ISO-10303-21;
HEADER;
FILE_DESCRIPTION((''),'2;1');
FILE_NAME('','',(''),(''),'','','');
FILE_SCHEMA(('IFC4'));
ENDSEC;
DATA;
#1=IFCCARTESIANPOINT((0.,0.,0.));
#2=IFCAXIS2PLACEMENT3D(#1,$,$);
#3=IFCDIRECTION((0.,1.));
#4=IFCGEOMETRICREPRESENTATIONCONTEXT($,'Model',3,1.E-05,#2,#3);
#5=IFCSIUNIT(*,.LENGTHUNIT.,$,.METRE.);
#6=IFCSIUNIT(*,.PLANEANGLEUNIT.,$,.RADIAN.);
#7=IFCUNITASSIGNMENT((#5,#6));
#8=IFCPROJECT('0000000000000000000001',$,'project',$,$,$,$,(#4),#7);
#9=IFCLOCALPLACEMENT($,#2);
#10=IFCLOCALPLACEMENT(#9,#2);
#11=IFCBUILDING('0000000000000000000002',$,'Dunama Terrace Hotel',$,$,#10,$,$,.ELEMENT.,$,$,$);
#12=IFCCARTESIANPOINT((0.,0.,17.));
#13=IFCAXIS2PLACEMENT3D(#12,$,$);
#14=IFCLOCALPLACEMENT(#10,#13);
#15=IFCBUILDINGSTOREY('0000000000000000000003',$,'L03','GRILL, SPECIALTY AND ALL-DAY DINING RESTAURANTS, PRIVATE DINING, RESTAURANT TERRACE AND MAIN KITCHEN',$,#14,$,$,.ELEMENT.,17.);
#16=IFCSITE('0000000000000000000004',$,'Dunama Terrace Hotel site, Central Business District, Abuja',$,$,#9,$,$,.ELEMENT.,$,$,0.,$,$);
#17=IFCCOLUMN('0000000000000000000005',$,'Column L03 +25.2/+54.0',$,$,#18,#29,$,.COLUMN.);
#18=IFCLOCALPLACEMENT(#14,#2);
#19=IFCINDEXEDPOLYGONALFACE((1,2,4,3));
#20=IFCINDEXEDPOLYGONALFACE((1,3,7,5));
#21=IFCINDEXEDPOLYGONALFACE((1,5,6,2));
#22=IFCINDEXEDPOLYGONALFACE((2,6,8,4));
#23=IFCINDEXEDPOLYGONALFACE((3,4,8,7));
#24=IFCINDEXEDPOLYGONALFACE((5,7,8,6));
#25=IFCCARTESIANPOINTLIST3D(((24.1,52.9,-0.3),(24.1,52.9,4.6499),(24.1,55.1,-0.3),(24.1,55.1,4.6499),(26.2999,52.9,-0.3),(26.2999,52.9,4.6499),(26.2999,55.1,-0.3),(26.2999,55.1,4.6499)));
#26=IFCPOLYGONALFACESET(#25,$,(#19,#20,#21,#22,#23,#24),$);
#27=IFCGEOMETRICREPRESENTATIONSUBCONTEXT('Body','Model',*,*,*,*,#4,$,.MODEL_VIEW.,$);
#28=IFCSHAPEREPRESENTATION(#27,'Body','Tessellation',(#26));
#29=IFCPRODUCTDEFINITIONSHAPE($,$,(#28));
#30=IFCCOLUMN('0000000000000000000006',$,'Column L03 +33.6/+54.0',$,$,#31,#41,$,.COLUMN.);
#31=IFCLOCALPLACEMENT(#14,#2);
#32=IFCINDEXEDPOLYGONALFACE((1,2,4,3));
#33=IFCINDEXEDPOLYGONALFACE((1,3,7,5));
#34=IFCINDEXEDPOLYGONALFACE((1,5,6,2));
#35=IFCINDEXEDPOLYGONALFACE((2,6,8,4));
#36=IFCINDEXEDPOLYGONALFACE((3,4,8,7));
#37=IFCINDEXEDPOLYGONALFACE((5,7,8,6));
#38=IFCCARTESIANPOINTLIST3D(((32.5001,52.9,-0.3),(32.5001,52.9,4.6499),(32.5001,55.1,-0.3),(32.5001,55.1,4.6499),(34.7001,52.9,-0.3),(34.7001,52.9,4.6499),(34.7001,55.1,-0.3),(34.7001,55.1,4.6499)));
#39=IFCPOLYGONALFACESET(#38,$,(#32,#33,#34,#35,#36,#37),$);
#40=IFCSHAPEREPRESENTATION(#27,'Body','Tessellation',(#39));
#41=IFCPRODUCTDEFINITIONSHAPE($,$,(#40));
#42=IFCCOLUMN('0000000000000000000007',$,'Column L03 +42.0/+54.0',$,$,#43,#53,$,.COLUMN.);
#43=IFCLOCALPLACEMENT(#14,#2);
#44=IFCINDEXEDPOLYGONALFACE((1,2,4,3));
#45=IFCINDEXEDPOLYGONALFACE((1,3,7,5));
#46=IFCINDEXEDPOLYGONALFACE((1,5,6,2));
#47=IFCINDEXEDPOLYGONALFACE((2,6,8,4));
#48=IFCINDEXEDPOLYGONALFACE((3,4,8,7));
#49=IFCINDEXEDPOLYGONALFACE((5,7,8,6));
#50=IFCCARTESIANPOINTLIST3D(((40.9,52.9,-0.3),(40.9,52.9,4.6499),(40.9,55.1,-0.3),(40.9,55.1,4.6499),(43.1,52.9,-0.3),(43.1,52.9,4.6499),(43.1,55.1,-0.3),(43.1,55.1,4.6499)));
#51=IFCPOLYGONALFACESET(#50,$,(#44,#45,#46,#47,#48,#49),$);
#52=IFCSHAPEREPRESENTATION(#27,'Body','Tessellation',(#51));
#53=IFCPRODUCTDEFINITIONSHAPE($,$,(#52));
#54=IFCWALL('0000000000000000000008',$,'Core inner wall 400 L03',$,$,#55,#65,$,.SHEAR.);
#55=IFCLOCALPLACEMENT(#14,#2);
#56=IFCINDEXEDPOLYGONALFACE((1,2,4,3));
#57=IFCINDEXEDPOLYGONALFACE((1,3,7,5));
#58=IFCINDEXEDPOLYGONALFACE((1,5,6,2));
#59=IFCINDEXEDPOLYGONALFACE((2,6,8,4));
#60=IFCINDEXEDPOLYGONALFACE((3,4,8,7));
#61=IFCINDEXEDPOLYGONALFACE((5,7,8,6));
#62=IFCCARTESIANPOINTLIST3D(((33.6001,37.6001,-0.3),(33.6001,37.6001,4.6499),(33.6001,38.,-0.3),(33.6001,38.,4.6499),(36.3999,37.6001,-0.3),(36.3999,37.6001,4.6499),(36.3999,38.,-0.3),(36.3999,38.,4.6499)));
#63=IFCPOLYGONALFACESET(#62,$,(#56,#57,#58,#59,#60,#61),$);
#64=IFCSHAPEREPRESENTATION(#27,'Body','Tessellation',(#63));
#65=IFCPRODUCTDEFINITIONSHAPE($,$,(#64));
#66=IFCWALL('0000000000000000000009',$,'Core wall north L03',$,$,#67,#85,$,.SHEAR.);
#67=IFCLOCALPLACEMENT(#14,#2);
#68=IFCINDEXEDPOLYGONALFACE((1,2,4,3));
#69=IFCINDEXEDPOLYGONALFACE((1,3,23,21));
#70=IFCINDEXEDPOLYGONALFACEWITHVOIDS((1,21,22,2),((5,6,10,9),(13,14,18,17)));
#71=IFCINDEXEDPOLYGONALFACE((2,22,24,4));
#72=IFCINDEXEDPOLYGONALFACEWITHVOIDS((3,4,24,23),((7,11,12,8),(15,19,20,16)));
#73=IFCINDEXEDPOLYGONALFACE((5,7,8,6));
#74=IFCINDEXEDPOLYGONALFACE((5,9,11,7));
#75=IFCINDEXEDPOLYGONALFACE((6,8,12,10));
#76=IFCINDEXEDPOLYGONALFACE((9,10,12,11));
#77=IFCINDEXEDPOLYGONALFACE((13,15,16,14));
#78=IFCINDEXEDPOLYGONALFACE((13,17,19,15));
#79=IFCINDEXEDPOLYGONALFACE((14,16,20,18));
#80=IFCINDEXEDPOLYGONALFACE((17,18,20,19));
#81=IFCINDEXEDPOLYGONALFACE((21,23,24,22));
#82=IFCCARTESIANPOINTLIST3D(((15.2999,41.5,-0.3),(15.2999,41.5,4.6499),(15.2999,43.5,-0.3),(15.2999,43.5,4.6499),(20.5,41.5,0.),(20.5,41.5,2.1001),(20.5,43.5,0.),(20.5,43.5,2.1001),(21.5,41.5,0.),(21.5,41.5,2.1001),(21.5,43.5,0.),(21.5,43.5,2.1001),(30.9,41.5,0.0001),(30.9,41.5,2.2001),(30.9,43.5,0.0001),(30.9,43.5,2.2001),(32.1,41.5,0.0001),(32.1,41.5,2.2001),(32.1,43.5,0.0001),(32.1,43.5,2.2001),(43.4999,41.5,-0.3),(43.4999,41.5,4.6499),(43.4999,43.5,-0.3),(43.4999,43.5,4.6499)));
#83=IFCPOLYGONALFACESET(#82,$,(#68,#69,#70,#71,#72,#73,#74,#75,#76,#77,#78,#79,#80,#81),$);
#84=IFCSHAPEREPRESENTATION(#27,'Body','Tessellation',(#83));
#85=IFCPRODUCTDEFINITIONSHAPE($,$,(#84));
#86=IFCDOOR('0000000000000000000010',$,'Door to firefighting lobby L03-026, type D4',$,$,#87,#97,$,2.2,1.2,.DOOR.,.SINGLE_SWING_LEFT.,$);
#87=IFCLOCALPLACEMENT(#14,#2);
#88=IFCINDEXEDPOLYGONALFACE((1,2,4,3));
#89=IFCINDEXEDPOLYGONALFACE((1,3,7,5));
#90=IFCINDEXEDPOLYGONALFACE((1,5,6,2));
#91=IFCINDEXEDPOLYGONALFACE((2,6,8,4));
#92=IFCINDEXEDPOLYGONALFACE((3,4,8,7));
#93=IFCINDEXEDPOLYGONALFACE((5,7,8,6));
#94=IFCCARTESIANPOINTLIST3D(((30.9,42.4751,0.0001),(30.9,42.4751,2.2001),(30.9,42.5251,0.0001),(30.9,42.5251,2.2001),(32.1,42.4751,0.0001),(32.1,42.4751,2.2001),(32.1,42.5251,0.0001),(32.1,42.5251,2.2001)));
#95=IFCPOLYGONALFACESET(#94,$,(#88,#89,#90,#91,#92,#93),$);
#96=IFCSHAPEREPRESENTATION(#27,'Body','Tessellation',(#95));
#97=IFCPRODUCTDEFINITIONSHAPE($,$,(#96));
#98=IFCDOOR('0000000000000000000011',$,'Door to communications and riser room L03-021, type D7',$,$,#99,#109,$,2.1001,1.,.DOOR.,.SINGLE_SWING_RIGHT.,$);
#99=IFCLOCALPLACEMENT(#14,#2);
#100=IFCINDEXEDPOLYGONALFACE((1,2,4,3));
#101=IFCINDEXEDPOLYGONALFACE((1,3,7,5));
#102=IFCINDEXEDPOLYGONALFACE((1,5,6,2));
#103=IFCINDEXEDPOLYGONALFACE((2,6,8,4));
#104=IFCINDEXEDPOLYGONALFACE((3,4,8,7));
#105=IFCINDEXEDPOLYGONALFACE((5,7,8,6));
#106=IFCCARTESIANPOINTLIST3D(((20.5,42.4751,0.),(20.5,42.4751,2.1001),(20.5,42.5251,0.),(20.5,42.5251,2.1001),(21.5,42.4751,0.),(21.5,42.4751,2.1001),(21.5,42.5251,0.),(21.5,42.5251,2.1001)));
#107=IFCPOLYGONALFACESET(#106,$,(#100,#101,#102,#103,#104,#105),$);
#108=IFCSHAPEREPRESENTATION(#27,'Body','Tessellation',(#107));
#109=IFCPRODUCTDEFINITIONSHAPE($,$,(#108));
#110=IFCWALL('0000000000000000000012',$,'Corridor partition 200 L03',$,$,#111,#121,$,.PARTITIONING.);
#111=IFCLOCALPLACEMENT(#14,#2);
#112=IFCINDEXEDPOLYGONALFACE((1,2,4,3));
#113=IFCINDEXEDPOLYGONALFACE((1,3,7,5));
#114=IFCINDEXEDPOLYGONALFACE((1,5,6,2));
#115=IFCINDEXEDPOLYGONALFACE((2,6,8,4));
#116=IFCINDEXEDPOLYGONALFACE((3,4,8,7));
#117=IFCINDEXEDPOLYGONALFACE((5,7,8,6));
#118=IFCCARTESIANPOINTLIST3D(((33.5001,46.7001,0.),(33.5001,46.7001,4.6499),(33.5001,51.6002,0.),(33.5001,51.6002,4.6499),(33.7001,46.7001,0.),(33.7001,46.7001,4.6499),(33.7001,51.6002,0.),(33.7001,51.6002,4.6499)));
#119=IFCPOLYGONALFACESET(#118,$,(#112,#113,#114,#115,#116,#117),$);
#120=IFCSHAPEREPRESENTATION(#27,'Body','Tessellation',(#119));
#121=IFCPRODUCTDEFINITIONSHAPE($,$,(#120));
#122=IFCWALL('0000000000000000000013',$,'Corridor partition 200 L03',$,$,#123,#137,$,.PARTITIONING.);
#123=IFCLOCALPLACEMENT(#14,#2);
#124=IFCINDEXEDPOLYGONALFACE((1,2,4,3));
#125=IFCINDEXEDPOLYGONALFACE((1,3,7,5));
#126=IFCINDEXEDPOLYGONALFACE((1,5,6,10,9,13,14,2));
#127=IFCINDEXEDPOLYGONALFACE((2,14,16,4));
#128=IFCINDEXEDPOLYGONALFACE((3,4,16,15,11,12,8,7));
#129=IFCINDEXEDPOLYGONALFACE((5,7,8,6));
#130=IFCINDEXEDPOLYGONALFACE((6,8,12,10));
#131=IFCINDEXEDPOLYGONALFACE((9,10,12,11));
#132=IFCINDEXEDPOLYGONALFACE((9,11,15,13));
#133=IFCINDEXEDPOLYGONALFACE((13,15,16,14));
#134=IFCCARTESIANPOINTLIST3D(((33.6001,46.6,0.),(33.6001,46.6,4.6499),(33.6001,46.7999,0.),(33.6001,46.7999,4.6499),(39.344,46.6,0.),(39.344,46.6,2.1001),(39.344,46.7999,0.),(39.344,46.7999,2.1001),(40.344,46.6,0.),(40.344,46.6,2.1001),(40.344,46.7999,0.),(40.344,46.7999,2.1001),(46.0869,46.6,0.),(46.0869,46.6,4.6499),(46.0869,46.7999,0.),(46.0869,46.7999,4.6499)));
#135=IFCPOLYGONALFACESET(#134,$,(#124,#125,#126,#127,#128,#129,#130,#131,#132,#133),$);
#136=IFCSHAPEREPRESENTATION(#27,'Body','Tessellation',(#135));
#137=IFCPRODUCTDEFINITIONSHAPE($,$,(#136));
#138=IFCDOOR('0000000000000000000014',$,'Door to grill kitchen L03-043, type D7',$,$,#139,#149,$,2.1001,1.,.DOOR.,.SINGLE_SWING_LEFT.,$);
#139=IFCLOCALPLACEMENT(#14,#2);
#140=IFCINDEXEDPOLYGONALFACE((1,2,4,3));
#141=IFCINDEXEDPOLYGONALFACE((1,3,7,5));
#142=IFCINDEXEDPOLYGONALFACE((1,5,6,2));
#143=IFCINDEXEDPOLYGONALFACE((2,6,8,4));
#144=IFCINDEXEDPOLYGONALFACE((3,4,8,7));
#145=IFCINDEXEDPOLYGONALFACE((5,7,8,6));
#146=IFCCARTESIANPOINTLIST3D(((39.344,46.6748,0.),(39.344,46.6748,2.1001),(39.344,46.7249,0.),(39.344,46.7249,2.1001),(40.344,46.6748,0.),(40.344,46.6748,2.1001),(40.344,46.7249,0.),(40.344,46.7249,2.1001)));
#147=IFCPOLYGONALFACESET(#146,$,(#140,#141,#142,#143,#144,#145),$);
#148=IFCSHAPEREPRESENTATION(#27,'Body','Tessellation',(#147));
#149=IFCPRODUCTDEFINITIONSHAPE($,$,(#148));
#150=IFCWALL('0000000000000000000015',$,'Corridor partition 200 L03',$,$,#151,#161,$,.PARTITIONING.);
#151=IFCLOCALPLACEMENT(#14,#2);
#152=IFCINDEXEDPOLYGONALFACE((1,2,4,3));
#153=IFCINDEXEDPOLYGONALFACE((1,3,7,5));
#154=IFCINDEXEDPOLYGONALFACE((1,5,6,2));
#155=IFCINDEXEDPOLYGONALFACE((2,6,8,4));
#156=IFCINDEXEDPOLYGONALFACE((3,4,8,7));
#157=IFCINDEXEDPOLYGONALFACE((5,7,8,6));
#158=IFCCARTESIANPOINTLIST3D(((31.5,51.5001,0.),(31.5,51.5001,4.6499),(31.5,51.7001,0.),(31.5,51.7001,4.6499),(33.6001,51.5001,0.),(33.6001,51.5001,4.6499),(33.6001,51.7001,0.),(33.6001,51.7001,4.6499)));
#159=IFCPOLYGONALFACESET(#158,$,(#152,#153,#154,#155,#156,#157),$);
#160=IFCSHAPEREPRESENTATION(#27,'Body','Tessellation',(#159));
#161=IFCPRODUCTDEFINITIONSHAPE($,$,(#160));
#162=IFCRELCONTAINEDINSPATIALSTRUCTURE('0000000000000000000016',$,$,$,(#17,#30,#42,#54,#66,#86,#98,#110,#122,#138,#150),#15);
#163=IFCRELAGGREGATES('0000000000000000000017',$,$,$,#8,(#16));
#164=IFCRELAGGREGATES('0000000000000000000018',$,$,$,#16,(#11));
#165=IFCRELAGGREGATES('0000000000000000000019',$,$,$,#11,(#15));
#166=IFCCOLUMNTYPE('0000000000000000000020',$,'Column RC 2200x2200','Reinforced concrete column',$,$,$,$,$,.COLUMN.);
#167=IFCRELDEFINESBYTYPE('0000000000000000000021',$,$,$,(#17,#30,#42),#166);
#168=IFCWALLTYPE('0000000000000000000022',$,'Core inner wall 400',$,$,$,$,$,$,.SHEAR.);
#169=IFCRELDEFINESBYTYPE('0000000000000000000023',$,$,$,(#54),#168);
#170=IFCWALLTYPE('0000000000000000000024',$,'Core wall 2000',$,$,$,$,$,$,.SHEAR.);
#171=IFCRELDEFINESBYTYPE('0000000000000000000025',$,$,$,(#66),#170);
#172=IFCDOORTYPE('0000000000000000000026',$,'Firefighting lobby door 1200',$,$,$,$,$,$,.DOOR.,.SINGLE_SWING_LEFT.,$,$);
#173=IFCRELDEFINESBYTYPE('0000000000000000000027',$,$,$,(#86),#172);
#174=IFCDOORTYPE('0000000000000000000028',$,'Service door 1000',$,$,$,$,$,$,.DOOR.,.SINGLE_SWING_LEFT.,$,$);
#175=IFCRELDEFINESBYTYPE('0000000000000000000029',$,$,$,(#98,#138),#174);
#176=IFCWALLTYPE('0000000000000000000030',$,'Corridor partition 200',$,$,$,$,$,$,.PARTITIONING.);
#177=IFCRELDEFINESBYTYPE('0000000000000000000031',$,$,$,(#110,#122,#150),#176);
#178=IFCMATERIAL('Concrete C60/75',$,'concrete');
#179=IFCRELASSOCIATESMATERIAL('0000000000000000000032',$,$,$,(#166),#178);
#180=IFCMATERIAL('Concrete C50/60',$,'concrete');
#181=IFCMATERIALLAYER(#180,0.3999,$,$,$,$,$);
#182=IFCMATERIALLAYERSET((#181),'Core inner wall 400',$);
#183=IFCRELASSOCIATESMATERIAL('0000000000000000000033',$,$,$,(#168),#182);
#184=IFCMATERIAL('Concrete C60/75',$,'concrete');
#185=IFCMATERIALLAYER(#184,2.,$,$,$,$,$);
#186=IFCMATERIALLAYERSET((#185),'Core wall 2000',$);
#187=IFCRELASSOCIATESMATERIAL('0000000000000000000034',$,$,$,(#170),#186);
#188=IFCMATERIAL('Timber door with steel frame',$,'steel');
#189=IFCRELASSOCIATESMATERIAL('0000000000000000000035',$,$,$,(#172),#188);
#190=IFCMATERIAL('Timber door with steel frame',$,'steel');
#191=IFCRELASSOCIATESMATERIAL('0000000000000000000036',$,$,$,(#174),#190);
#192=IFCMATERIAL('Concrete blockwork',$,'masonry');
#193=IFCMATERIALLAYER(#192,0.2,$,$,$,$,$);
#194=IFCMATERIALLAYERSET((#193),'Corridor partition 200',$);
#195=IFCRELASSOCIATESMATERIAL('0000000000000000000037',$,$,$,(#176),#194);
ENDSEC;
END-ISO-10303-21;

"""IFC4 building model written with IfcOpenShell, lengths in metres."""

from ifc_helpers import new_model, si_unit, direction, frame, frame_2d, origin, origin_2d, place, context, subcontext, project, spatial, rectangle, extrude, material, layer, layer_set, material_profile, profile_set, type_object, element, fill, save


model = new_model("IFC4")

# Units and contexts
model_context = context("Model", 3, precision=1e-05, world=origin(), true_north=direction((0.0, 1.0)))
body_context = subcontext(model_context, "Body", "Model", "MODEL_VIEW")
ifc_project = project(units=[si_unit("LENGTHUNIT", "METRE"), si_unit("PLANEANGLEUNIT", "RADIAN")], contexts=[model_context])

# Site, building, storey
site_placement = place(None, origin())
site = spatial("IfcSite", under=ifc_project, at=site_placement, Name="Dunama Terrace Hotel site, Central Business District, Abuja", CompositionType="ELEMENT", RefElevation=0.0)
building_placement = place(site_placement, origin())
building = spatial("IfcBuilding", under=site, at=building_placement, Name="Dunama Terrace Hotel", CompositionType="ELEMENT")
storey_placement = place(building_placement, frame((0.0, 0.0, 17.0)))
storey = spatial("IfcBuildingStorey", under=building, at=storey_placement, Name="L03", Description="GRILL, SPECIALTY AND ALL-DAY DINING RESTAURANTS, PRIVATE DINING, RESTAURANT TERRACE AND MAIN KITCHEN", CompositionType="ELEMENT", Elevation=17.0)

# Columns
ifc_material_1 = material(Name="Concrete C60/75", Category="concrete")
ifc_material_profile = material_profile(ifc_material_1, rectangle(XDim=2.2, YDim=2.2, at=origin_2d()), Name="RC 2200x2200")
ifc_profile_set = profile_set([ifc_material_profile], Name="Concrete C60/75")
column_type = type_object("IfcColumnType", Name="Column RC 2200x2200", Description="Reinforced concrete column", PredefinedType="COLUMN", material=ifc_profile_set)
for number, where, z_axis, x_axis, name in (
    (1, (25.2, 54.0, -0.3), (0.0, 0.0, 1.0), (1.0, 0.0, 0.0), "Column L03 +25.2/+54.0"),
    (2, (33.6001, 54.0, -0.3), (0.0, 0.0, 1.0), (1.0, 0.0, 0.0), "Column L03 +33.6/+54.0"),
    (3, (42.0, 54.0, -0.3), (0.0, 0.0, 1.0), (1.0, 0.0, 0.0), "Column L03 +42.0/+54.0"),
):
    element("IfcColumn", number, at=place(storey_placement, frame(where, z_axis=z_axis, x_axis=x_axis)), inside=storey, type_object=column_type, Name=name, PredefinedType="COLUMN", context=body_context, shape_type="SweptSolid", body=[
        extrude(rectangle(XDim=2.2, YDim=2.2, at=origin_2d()), origin(), (0.0, 0.0, 1.0), 4.95),
    ])

# Wall
ifc_material_2 = material(Name="Concrete C50/60", Category="concrete")
ifc_layer_1 = layer(ifc_material_2, 0.3999)
ifc_layer_set_1 = layer_set([ifc_layer_1], Name="Core inner wall 400")
wall_type_1 = type_object("IfcWallType", Name="Core inner wall 400", PredefinedType="SHEAR", material=ifc_layer_set_1)
wall_1_placement = place(storey_placement, frame((33.6001, 37.8, -0.3), z_axis=(0.0, 0.0, 1.0), x_axis=(1.0, 0.0, 0.0)))
element("IfcWall", 4, at=wall_1_placement, inside=storey, type_object=wall_type_1, Name="Core inner wall 400 L03", PredefinedType="SHEAR", context=body_context, shape_type="SweptSolid", body=[
    extrude(rectangle(XDim=2.7998, YDim=0.3999, at=frame_2d((1.3999, 0.0))), origin(), (0.0, 0.0, 1.0), 4.95),
])

# Wall, openings, doors
ifc_material_3 = material(Name="Concrete C60/75", Category="concrete")
ifc_layer_2 = layer(ifc_material_3, 2.0)
ifc_layer_set_2 = layer_set([ifc_layer_2], Name="Core wall 2000")
wall_type_2 = type_object("IfcWallType", Name="Core wall 2000", PredefinedType="SHEAR", material=ifc_layer_set_2)
wall_2_placement = place(storey_placement, frame((43.5, 42.5, -0.3), z_axis=(0.0, 0.0, 1.0), x_axis=(-1.0, 0.0, 0.0)))
wall_2 = element("IfcWall", 5, at=wall_2_placement, inside=storey, type_object=wall_type_2, Name="Core wall north L03", PredefinedType="SHEAR", context=body_context, shape_type="SweptSolid", body=[
    extrude(rectangle(XDim=28.2, YDim=2.0, at=frame_2d((14.1001, 0.0))), origin(), (0.0, 0.0, 1.0), 4.95),
])
opening_1_placement = place(wall_2_placement, frame((22.0, 0.0, 0.3)))
opening_1 = element("IfcOpeningElement", 6, at=opening_1_placement, cuts=wall_2, PredefinedType="OPENING", context=body_context, shape_type="SweptSolid", body=[
    extrude(rectangle(XDim=1.0, YDim=2.1001, at=frame_2d((0.5, 1.05))), frame((0.0, 1.01, 0.0), z_axis=(0.0, -1.0, 0.0), x_axis=(1.0, 0.0, 0.0)), (0.0, 0.0, 1.0), 2.02),
])
opening_2_placement = place(wall_2_placement, frame((11.3999, 0.0, 0.3)))
opening_2 = element("IfcOpeningElement", 7, at=opening_2_placement, cuts=wall_2, PredefinedType="OPENING", context=body_context, shape_type="SweptSolid", body=[
    extrude(rectangle(XDim=1.2, YDim=2.2, at=frame_2d((0.6001, 1.1001))), frame((0.0, 1.01, 0.0), z_axis=(0.0, -1.0, 0.0), x_axis=(1.0, 0.0, 0.0)), (0.0, 0.0, 1.0), 2.02),
])
ifc_material_4 = material(Name="Timber door with steel frame", Category="steel")
door_type_1 = type_object("IfcDoorType", Name="Firefighting lobby door 1200", OperationType="SINGLE_SWING_LEFT", PredefinedType="DOOR", material=ifc_material_4)
door_1_placement = place(opening_2_placement, origin())
door_1 = element("IfcDoor", 8, at=door_1_placement, inside=storey, type_object=door_type_1, Name="Door to firefighting lobby L03-026, type D4", OperationType="SINGLE_SWING_LEFT", OverallHeight=2.2, OverallWidth=1.2, PredefinedType="DOOR", context=body_context, shape_type="SweptSolid", body=[
    extrude(rectangle(XDim=1.2, YDim=2.2, at=frame_2d((0.6001, 1.1001))), frame((0.0, 0.0249, 0.0), z_axis=(0.0, -1.0, 0.0), x_axis=(1.0, 0.0, 0.0)), (0.0, 0.0, 1.0), 0.05),
])
fill(opening_2, door_1)
ifc_material_5 = material(Name="Timber door with steel frame", Category="steel")
door_type_2 = type_object("IfcDoorType", Name="Service door 1000", OperationType="SINGLE_SWING_LEFT", PredefinedType="DOOR", material=ifc_material_5)
door_2_placement = place(opening_1_placement, origin())
door_2 = element("IfcDoor", 9, at=door_2_placement, inside=storey, type_object=door_type_2, Name="Door to communications and riser room L03-021, type D7", OperationType="SINGLE_SWING_RIGHT", OverallHeight=2.1001, OverallWidth=1.0, PredefinedType="DOOR", context=body_context, shape_type="SweptSolid", body=[
    extrude(rectangle(XDim=1.0, YDim=2.1001, at=frame_2d((0.5, 1.05))), frame((0.0, 0.0249, 0.0), z_axis=(0.0, -1.0, 0.0), x_axis=(1.0, 0.0, 0.0)), (0.0, 0.0, 1.0), 0.05),
])
fill(opening_1, door_2)

# Wall
ifc_material_6 = material(Name="Concrete blockwork", Category="masonry")
ifc_layer_3 = layer(ifc_material_6, 0.2)
ifc_layer_set_3 = layer_set([ifc_layer_3], Name="Corridor partition 200")
wall_type_3 = type_object("IfcWallType", Name="Corridor partition 200", PredefinedType="PARTITIONING", material=ifc_layer_set_3)
wall_3_placement = place(storey_placement, frame((33.6001, 46.7, 0.0), z_axis=(0.0, 0.0, 1.0), x_axis=(0.0, 1.0, 0.0)))
element("IfcWall", 10, at=wall_3_placement, inside=storey, type_object=wall_type_3, Name="Corridor partition 200 L03", PredefinedType="PARTITIONING", context=body_context, shape_type="SweptSolid", body=[
    extrude(rectangle(XDim=4.9001, YDim=0.2, at=frame_2d((2.4502, 0.0))), origin(), (0.0, 0.0, 1.0), 4.6499),
])

# Wall, opening, door
wall_4_placement = place(storey_placement, frame((33.6001, 46.7, 0.0), z_axis=(0.0, 0.0, 1.0), x_axis=(1.0, 0.0, 0.0)))
wall_4 = element("IfcWall", 11, at=wall_4_placement, inside=storey, type_object=wall_type_3, Name="Corridor partition 200 L03", PredefinedType="PARTITIONING", context=body_context, shape_type="SweptSolid", body=[
    extrude(rectangle(XDim=12.4868, YDim=0.2, at=frame_2d((6.2434, 0.0))), origin(), (0.0, 0.0, 1.0), 4.6499),
])
opening_3_placement = place(wall_4_placement, frame((5.7439, 0.0, 0.0)))
opening_3 = element("IfcOpeningElement", 12, at=opening_3_placement, cuts=wall_4, PredefinedType="OPENING", context=body_context, shape_type="SweptSolid", body=[
    extrude(rectangle(XDim=1.0, YDim=2.1001, at=frame_2d((0.5, 1.05))), frame((0.0, 0.1099, 0.0), z_axis=(0.0, -1.0, 0.0), x_axis=(1.0, 0.0, 0.0)), (0.0, 0.0, 1.0), 0.22),
])
door_3_placement = place(opening_3_placement, origin())
door_3 = element("IfcDoor", 13, at=door_3_placement, inside=storey, type_object=door_type_2, Name="Door to grill kitchen L03-043, type D7", OperationType="SINGLE_SWING_LEFT", OverallHeight=2.1001, OverallWidth=1.0, PredefinedType="DOOR", context=body_context, shape_type="SweptSolid", body=[
    extrude(rectangle(XDim=1.0, YDim=2.1001, at=frame_2d((0.5, 1.05))), frame((0.0, 0.0249, 0.0), z_axis=(0.0, -1.0, 0.0), x_axis=(1.0, 0.0, 0.0)), (0.0, 0.0, 1.0), 0.05),
])
fill(opening_3, door_3)

# Wall
wall_5_placement = place(storey_placement, frame((31.5, 51.6001, 0.0), z_axis=(0.0, 0.0, 1.0), x_axis=(1.0, 0.0, 0.0)))
element("IfcWall", 14, at=wall_5_placement, inside=storey, type_object=wall_type_3, Name="Corridor partition 200 L03", PredefinedType="PARTITIONING", context=body_context, shape_type="SweptSolid", body=[
    extrude(rectangle(XDim=2.1001, YDim=0.2, at=frame_2d((1.05, 0.0))), origin(), (0.0, 0.0, 1.0), 4.6499),
])

save(model, "model.ifc")
